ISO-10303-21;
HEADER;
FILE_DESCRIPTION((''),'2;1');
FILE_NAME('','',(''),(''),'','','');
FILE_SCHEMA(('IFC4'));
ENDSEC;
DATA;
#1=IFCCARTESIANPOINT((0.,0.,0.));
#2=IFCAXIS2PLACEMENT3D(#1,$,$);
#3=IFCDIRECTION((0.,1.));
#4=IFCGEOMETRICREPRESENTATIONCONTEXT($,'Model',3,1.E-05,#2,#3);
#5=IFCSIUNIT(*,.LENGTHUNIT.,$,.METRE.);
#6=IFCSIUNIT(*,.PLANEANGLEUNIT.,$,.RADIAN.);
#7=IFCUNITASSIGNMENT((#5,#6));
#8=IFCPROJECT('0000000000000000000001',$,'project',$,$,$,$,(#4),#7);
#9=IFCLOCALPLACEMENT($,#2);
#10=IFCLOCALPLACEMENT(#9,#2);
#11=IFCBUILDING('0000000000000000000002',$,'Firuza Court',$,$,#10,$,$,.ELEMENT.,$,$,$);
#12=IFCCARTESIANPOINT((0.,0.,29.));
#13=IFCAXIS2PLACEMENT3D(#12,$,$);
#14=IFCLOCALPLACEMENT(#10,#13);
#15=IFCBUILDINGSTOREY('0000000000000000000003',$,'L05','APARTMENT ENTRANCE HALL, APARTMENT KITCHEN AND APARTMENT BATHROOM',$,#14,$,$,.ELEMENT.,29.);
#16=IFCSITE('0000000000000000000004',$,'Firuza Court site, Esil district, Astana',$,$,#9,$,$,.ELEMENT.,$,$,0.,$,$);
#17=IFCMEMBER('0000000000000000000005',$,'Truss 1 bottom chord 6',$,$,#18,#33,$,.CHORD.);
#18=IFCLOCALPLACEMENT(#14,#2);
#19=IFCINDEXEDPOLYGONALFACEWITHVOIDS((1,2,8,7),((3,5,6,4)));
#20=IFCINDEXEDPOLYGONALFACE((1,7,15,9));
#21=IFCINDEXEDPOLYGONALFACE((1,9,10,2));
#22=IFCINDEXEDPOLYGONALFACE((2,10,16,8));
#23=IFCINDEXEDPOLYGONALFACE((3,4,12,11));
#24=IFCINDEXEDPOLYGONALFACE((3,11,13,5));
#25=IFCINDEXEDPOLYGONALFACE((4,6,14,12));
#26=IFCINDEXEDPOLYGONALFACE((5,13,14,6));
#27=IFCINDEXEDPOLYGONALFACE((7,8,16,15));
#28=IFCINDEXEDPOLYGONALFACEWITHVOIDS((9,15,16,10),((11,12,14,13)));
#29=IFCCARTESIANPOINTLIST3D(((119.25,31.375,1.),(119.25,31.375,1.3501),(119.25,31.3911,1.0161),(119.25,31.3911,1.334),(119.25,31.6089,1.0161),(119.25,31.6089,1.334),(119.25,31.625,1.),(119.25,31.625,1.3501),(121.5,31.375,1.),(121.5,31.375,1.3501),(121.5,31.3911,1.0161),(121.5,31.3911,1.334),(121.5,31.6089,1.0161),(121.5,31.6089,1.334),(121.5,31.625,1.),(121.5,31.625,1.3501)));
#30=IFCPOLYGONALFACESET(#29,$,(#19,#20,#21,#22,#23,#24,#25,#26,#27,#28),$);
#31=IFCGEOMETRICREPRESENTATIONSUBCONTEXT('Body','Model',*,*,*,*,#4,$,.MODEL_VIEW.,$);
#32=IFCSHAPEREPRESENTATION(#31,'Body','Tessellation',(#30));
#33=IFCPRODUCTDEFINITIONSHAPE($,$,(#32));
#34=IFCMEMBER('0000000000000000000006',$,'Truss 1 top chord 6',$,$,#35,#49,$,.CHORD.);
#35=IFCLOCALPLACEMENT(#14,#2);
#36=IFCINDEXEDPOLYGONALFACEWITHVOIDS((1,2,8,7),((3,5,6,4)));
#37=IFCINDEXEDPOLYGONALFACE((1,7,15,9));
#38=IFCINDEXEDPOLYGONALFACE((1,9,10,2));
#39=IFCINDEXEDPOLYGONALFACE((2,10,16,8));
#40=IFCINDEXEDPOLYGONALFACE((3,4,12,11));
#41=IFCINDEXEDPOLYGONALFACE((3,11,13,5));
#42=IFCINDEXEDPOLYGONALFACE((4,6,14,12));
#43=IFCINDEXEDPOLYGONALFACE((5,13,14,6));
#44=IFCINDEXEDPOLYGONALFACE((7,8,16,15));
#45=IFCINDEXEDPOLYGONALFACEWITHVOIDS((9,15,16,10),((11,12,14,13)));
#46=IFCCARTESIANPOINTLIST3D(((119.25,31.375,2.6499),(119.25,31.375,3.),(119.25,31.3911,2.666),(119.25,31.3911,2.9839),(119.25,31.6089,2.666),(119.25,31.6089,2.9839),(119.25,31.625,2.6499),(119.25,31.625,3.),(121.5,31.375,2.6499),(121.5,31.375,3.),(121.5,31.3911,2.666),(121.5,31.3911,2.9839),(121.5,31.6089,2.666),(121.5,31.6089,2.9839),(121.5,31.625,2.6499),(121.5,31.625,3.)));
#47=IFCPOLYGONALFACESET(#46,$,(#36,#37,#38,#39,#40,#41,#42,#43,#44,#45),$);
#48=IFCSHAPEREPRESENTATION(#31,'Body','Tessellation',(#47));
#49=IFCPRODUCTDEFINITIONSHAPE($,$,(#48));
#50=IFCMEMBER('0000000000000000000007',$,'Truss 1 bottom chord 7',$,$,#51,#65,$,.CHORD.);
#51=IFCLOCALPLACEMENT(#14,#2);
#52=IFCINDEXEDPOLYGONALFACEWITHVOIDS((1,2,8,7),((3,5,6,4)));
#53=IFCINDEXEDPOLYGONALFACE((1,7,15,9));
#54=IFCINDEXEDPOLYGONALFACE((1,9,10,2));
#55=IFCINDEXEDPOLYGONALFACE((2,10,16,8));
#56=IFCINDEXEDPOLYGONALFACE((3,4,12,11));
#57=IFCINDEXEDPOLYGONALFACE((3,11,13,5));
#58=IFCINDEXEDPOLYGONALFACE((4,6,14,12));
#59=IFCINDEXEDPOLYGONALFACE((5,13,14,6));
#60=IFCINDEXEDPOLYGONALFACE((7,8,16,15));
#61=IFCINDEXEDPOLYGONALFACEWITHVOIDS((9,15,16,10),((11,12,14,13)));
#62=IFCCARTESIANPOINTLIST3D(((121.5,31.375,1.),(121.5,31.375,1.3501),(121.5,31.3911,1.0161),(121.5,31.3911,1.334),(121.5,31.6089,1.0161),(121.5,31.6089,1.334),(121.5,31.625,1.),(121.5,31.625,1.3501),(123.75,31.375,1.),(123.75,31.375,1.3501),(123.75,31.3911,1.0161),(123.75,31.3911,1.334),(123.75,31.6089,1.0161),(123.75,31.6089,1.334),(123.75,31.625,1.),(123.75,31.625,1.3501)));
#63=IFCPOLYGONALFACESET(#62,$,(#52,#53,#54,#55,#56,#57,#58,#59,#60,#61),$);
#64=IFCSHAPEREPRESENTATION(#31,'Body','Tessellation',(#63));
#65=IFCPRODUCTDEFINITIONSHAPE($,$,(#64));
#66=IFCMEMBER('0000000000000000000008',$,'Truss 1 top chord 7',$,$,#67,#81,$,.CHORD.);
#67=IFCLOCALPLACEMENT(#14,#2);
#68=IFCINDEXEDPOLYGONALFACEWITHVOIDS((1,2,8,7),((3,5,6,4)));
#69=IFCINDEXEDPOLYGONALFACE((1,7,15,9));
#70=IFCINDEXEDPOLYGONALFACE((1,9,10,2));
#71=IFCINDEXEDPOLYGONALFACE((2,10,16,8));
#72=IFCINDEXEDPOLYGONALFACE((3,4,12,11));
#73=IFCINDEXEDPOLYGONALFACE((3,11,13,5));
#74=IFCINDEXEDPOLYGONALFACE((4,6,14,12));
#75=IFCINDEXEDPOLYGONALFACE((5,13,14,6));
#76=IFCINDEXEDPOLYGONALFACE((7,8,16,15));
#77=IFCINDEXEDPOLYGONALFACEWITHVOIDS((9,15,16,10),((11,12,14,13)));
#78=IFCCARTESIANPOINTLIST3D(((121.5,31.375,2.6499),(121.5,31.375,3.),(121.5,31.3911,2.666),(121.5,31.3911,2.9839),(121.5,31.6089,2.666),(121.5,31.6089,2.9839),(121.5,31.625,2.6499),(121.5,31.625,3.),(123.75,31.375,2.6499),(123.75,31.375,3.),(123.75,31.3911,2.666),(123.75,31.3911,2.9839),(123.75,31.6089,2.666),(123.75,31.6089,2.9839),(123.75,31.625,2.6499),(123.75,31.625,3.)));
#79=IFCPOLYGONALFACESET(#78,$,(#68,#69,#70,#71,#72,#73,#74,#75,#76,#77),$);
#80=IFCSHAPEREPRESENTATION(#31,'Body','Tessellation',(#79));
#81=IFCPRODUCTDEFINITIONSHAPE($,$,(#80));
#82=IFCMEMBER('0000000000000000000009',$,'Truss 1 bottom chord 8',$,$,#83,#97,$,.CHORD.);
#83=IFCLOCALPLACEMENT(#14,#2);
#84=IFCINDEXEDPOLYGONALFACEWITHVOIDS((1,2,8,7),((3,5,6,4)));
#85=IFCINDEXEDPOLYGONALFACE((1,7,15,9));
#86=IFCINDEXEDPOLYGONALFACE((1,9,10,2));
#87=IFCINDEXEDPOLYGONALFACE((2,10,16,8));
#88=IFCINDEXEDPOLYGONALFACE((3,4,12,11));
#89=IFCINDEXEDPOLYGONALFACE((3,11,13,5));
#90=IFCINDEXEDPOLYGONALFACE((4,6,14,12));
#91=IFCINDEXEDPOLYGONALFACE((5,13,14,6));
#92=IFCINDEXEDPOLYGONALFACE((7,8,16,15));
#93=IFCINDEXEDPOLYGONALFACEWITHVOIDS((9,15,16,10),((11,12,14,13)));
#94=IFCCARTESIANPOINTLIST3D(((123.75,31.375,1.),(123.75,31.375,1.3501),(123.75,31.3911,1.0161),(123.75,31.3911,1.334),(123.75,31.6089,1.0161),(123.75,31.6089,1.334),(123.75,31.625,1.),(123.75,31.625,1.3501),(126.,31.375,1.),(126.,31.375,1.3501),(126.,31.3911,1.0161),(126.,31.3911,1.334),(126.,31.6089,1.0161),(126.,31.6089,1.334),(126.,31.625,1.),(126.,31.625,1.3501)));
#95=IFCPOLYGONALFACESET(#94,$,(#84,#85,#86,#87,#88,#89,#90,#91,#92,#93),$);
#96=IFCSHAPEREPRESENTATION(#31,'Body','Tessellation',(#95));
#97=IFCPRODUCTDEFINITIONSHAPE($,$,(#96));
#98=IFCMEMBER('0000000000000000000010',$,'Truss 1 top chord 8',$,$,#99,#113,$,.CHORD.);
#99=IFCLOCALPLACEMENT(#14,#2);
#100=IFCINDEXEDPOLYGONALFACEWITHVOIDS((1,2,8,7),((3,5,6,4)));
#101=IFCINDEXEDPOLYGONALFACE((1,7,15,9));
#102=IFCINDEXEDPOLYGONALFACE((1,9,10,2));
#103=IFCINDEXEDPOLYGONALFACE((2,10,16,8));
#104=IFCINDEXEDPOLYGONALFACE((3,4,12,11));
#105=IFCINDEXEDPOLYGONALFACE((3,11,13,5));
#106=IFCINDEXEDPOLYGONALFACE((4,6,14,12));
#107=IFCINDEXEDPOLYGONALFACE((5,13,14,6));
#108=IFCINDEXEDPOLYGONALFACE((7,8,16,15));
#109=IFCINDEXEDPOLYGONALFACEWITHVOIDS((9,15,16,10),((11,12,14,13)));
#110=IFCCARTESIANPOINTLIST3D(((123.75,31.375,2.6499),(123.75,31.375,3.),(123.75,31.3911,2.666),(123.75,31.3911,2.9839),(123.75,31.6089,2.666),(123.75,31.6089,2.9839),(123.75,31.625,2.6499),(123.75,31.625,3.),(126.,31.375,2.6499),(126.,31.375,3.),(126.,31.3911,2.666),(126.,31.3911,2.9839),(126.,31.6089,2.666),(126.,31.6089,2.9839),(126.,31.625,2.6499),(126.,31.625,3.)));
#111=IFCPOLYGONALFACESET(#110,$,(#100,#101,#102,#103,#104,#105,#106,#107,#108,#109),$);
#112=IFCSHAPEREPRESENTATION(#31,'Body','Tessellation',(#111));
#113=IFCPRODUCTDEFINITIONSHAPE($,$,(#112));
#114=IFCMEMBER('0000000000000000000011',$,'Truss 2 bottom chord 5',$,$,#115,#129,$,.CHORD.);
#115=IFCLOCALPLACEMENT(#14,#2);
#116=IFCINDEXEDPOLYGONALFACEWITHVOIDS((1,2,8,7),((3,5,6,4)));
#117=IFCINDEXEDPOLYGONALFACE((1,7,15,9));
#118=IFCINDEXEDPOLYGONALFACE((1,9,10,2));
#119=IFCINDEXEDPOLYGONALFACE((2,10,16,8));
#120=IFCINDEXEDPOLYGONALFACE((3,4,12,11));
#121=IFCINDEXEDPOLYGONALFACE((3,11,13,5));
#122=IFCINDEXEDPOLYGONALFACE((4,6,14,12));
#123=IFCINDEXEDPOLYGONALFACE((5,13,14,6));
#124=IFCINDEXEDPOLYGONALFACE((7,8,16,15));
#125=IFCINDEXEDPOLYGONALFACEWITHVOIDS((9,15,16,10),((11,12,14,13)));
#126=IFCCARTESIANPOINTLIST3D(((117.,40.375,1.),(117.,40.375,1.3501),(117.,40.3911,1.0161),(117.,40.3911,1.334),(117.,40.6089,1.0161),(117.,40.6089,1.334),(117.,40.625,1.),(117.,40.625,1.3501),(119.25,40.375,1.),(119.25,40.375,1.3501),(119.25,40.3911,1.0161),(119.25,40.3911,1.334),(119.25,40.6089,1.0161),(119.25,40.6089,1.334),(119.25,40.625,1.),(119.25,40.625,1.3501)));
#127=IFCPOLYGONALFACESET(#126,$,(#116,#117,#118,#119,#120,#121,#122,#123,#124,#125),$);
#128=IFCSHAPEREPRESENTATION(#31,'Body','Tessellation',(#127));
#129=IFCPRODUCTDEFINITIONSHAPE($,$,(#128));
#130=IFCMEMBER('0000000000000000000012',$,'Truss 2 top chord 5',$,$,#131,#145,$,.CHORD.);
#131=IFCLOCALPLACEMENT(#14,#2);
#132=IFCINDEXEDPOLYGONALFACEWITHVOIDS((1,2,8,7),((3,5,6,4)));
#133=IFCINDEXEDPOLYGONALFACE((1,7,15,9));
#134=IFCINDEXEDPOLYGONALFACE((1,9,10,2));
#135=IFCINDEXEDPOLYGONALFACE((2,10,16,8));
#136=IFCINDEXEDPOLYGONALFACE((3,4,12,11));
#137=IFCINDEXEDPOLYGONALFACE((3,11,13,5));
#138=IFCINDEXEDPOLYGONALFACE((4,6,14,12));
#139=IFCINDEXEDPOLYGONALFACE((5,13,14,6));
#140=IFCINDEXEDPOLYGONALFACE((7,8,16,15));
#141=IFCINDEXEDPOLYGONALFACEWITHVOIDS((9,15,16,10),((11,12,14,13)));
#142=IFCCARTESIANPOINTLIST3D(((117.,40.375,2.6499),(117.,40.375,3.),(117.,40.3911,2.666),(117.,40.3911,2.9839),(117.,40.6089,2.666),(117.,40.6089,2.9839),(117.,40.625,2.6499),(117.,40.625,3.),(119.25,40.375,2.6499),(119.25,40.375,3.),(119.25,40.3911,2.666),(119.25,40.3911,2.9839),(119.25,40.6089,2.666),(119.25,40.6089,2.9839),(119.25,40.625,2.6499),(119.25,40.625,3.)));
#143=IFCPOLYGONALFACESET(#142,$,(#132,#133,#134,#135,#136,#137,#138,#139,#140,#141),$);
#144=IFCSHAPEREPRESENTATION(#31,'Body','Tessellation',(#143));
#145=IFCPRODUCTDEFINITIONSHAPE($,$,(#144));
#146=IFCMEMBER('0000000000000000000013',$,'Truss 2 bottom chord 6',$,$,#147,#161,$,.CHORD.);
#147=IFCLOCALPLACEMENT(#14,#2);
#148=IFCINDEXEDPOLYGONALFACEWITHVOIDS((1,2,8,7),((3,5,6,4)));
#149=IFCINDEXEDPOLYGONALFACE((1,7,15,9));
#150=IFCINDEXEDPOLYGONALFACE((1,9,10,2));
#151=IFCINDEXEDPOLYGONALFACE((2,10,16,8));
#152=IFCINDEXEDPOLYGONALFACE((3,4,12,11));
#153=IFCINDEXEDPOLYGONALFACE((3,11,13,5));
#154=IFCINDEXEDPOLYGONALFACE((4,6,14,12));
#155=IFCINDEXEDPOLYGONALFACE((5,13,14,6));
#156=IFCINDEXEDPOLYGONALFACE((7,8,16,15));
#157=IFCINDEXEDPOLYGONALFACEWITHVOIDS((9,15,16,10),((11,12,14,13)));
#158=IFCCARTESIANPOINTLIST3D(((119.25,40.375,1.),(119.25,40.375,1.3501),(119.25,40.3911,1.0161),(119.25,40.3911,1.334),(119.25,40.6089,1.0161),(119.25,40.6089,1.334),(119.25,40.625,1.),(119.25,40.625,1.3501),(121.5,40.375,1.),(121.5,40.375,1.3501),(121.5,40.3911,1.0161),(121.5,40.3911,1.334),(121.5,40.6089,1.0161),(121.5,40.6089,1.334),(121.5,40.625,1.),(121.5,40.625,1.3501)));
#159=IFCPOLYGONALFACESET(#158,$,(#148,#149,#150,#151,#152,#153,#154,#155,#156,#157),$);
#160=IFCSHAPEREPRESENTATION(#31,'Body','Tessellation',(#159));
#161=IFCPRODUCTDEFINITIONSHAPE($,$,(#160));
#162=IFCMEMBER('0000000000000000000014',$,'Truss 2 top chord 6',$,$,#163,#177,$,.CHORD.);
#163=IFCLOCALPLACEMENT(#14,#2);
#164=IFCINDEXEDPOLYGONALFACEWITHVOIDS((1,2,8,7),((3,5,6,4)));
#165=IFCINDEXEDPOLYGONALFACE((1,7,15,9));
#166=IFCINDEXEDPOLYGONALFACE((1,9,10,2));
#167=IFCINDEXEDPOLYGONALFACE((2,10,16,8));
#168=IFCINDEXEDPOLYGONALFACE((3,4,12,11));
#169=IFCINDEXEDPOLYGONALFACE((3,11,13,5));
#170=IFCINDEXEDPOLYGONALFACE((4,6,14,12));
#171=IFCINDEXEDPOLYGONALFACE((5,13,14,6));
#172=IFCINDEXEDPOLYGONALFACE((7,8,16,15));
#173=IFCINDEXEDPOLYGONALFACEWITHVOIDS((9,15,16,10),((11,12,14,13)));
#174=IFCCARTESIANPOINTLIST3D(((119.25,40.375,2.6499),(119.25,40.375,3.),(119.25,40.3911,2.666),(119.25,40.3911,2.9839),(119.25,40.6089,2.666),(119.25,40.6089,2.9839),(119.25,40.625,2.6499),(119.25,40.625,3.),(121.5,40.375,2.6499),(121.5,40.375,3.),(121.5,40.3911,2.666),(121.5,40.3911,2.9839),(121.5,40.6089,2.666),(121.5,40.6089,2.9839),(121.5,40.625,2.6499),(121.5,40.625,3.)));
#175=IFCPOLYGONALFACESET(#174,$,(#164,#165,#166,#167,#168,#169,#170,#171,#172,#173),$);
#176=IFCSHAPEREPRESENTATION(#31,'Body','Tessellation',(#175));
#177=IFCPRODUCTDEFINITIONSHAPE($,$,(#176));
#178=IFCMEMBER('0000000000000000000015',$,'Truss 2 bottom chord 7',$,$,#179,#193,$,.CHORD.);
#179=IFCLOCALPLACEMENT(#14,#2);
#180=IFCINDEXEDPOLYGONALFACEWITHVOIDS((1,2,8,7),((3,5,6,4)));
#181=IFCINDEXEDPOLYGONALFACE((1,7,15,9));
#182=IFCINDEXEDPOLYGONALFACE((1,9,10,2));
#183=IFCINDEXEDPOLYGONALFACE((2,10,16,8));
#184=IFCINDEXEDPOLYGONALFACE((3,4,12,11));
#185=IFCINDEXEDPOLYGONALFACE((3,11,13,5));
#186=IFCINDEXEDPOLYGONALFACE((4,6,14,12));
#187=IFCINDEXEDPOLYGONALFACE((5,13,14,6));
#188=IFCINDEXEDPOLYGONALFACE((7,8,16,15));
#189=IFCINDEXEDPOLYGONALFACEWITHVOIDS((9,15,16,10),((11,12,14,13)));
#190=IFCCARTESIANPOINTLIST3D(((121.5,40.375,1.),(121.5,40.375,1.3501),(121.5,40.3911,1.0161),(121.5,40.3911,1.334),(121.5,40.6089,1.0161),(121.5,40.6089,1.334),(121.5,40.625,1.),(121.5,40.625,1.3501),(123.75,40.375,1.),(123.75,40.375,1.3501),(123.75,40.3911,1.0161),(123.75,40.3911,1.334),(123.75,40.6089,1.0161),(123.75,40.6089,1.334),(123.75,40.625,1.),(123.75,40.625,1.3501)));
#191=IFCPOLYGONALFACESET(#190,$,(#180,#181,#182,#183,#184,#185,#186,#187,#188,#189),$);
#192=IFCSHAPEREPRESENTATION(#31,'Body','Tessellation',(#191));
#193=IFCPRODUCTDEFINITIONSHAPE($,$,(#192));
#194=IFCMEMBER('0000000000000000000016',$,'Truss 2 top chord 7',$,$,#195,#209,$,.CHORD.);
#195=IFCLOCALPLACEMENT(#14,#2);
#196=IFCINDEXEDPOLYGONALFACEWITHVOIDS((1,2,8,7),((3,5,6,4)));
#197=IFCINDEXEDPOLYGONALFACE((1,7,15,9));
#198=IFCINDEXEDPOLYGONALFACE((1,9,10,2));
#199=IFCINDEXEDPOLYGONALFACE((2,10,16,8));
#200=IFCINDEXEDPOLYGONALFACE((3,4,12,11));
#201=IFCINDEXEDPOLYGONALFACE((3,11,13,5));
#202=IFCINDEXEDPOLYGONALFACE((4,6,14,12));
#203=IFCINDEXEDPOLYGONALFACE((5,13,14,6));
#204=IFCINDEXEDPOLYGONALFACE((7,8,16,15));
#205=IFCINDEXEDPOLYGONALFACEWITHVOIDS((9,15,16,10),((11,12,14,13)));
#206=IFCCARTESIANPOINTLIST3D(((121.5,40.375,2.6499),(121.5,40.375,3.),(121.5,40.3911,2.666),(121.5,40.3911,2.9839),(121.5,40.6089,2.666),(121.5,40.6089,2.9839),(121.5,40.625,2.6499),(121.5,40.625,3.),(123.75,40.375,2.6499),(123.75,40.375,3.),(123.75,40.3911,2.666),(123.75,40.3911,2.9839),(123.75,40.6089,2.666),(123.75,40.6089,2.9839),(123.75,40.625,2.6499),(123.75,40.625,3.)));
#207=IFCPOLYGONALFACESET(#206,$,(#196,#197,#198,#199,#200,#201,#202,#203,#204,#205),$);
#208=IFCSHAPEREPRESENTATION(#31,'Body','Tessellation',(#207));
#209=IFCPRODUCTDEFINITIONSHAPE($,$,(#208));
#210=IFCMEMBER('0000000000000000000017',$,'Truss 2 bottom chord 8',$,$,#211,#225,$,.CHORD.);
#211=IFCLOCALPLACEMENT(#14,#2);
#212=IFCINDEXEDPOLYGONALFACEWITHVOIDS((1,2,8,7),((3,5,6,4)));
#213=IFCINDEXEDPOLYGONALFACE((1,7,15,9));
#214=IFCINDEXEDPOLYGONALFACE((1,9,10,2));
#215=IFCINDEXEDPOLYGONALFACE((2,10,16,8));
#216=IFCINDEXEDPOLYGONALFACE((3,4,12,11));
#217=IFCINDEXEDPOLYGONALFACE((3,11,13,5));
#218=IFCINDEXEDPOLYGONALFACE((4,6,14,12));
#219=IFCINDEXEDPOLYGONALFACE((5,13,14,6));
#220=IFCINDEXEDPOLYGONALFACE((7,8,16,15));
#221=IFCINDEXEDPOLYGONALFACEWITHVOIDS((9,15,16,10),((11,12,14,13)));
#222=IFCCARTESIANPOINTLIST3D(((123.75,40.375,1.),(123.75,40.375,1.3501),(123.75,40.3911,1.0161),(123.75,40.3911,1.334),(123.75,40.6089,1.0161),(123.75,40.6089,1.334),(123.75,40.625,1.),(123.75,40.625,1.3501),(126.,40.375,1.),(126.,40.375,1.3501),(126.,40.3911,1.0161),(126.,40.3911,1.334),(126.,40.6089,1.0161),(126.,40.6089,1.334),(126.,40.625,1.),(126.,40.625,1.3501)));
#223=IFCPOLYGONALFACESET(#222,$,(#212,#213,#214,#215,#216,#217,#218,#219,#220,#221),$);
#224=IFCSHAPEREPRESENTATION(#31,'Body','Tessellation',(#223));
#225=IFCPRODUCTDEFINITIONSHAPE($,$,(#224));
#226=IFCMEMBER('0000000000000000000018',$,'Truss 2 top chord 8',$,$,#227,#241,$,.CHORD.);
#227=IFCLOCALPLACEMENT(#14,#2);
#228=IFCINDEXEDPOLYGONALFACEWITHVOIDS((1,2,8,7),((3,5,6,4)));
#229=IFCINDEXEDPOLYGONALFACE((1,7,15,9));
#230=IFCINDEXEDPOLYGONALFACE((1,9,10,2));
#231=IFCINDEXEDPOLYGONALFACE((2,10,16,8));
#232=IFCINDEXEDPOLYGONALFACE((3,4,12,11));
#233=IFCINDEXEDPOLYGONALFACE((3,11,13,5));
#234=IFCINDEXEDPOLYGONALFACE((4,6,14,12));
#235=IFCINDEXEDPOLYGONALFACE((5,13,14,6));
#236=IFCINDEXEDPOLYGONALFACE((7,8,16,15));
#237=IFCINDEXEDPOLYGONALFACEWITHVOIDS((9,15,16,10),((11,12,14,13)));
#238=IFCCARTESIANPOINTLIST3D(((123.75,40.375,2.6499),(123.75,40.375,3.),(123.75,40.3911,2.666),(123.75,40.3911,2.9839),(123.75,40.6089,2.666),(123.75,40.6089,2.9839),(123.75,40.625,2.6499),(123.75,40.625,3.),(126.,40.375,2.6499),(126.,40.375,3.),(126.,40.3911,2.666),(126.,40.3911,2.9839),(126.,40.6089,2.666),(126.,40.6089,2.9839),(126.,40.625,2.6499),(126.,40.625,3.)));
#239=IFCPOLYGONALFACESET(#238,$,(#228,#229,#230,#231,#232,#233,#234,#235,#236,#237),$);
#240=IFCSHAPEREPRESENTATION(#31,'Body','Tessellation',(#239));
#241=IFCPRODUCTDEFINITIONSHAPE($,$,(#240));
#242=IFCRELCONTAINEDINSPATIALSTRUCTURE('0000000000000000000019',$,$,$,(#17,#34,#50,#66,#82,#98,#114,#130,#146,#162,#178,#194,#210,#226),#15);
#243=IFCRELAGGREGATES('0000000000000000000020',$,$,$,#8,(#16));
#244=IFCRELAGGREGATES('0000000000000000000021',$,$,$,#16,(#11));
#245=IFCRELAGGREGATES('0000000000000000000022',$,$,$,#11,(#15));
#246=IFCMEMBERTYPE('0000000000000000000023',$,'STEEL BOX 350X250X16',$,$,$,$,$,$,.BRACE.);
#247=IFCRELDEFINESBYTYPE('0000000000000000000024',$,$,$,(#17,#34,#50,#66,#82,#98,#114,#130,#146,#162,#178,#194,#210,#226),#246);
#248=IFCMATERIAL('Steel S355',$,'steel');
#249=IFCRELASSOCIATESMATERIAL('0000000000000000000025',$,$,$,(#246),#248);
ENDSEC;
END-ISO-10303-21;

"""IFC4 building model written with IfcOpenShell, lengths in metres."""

from ifc_helpers import new_model, si_unit, direction, frame, origin, origin_2d, place, context, subcontext, project, spatial, hollow_rectangle, extrude, material, material_profile, profile_set, type_object, element, save


model = new_model("IFC4")

# Units and contexts
model_context = context("Model", 3, precision=1e-05, world=origin(), true_north=direction((0.0, 1.0)))
body_context = subcontext(model_context, "Body", "Model", "MODEL_VIEW")
ifc_project = project(units=[si_unit("LENGTHUNIT", "METRE"), si_unit("PLANEANGLEUNIT", "RADIAN")], contexts=[model_context])

# Site, building, storey
site_placement = place(None, origin())
site = spatial("IfcSite", under=ifc_project, at=site_placement, Name="Firuza Court site, Esil district, Astana", CompositionType="ELEMENT", RefElevation=0.0)
building_placement = place(site_placement, origin())
building = spatial("IfcBuilding", under=site, at=building_placement, Name="Firuza Court", CompositionType="ELEMENT")
storey_placement = place(building_placement, frame((0.0, 0.0, 29.0)))
storey = spatial("IfcBuildingStorey", under=building, at=storey_placement, Name="L05", Description="APARTMENT ENTRANCE HALL, APARTMENT KITCHEN AND APARTMENT BATHROOM", CompositionType="ELEMENT", Elevation=29.0)

# Members
ifc_material_1 = material(Name="Steel S355", Category="steel")
ifc_material_profile_1 = material_profile(ifc_material_1, hollow_rectangle(XDim=0.25, YDim=0.3501, WallThickness=0.0161, at=origin_2d()), Name="RHS 350X250X16")
ifc_profile_set_1 = profile_set([ifc_material_profile_1], Name="Steel S355")
member_type_1 = type_object("IfcMemberType", Name="STEEL BOX 350X250X16", PredefinedType="BRACE", material=ifc_profile_set_1)
for number, where, z_axis, x_axis, name in (
    (1, (119.25, 31.5, 1.175), (1.0, 0.0, 0.0), (0.0, 1.0, 0.0), "Truss 1 bottom chord 6"),
    (2, (119.25, 31.5, 2.825), (1.0, 0.0, 0.0), (0.0, 1.0, 0.0), "Truss 1 top chord 6"),
    (3, (121.5, 31.5, 1.175), (1.0, 0.0, 0.0), (0.0, 1.0, 0.0), "Truss 1 bottom chord 7"),
    (4, (121.5, 31.5, 2.825), (1.0, 0.0, 0.0), (0.0, 1.0, 0.0), "Truss 1 top chord 7"),
    (5, (123.75, 31.5, 1.175), (1.0, 0.0, 0.0), (0.0, 1.0, 0.0), "Truss 1 bottom chord 8"),
    (6, (123.75, 31.5, 2.825), (1.0, 0.0, 0.0), (0.0, 1.0, 0.0), "Truss 1 top chord 8"),
    (7, (117.0, 40.5, 1.175), (1.0, 0.0, 0.0), (0.0, 1.0, 0.0), "Truss 2 bottom chord 5"),
    (8, (117.0, 40.5, 2.825), (1.0, 0.0, 0.0), (0.0, 1.0, 0.0), "Truss 2 top chord 5"),
    (9, (119.25, 40.5, 1.175), (1.0, 0.0, 0.0), (0.0, 1.0, 0.0), "Truss 2 bottom chord 6"),
    (10, (119.25, 40.5, 2.825), (1.0, 0.0, 0.0), (0.0, 1.0, 0.0), "Truss 2 top chord 6"),
    (11, (121.5, 40.5, 1.175), (1.0, 0.0, 0.0), (0.0, 1.0, 0.0), "Truss 2 bottom chord 7"),
    (12, (121.5, 40.5, 2.825), (1.0, 0.0, 0.0), (0.0, 1.0, 0.0), "Truss 2 top chord 7"),
    (13, (123.75, 40.5, 1.175), (1.0, 0.0, 0.0), (0.0, 1.0, 0.0), "Truss 2 bottom chord 8"),
    (14, (123.75, 40.5, 2.825), (1.0, 0.0, 0.0), (0.0, 1.0, 0.0), "Truss 2 top chord 8"),
):
    element("IfcMember", number, at=place(storey_placement, frame(where, z_axis=z_axis, x_axis=x_axis)), inside=storey, type_object=member_type_1, Name=name, PredefinedType="CHORD", context=body_context, shape_type="SweptSolid", body=[
        extrude(hollow_rectangle(XDim=0.25, YDim=0.3501, WallThickness=0.0161, at=origin_2d()), origin(), (0.0, 0.0, 1.0), 2.25),
    ])

save(model, "model.ifc")
